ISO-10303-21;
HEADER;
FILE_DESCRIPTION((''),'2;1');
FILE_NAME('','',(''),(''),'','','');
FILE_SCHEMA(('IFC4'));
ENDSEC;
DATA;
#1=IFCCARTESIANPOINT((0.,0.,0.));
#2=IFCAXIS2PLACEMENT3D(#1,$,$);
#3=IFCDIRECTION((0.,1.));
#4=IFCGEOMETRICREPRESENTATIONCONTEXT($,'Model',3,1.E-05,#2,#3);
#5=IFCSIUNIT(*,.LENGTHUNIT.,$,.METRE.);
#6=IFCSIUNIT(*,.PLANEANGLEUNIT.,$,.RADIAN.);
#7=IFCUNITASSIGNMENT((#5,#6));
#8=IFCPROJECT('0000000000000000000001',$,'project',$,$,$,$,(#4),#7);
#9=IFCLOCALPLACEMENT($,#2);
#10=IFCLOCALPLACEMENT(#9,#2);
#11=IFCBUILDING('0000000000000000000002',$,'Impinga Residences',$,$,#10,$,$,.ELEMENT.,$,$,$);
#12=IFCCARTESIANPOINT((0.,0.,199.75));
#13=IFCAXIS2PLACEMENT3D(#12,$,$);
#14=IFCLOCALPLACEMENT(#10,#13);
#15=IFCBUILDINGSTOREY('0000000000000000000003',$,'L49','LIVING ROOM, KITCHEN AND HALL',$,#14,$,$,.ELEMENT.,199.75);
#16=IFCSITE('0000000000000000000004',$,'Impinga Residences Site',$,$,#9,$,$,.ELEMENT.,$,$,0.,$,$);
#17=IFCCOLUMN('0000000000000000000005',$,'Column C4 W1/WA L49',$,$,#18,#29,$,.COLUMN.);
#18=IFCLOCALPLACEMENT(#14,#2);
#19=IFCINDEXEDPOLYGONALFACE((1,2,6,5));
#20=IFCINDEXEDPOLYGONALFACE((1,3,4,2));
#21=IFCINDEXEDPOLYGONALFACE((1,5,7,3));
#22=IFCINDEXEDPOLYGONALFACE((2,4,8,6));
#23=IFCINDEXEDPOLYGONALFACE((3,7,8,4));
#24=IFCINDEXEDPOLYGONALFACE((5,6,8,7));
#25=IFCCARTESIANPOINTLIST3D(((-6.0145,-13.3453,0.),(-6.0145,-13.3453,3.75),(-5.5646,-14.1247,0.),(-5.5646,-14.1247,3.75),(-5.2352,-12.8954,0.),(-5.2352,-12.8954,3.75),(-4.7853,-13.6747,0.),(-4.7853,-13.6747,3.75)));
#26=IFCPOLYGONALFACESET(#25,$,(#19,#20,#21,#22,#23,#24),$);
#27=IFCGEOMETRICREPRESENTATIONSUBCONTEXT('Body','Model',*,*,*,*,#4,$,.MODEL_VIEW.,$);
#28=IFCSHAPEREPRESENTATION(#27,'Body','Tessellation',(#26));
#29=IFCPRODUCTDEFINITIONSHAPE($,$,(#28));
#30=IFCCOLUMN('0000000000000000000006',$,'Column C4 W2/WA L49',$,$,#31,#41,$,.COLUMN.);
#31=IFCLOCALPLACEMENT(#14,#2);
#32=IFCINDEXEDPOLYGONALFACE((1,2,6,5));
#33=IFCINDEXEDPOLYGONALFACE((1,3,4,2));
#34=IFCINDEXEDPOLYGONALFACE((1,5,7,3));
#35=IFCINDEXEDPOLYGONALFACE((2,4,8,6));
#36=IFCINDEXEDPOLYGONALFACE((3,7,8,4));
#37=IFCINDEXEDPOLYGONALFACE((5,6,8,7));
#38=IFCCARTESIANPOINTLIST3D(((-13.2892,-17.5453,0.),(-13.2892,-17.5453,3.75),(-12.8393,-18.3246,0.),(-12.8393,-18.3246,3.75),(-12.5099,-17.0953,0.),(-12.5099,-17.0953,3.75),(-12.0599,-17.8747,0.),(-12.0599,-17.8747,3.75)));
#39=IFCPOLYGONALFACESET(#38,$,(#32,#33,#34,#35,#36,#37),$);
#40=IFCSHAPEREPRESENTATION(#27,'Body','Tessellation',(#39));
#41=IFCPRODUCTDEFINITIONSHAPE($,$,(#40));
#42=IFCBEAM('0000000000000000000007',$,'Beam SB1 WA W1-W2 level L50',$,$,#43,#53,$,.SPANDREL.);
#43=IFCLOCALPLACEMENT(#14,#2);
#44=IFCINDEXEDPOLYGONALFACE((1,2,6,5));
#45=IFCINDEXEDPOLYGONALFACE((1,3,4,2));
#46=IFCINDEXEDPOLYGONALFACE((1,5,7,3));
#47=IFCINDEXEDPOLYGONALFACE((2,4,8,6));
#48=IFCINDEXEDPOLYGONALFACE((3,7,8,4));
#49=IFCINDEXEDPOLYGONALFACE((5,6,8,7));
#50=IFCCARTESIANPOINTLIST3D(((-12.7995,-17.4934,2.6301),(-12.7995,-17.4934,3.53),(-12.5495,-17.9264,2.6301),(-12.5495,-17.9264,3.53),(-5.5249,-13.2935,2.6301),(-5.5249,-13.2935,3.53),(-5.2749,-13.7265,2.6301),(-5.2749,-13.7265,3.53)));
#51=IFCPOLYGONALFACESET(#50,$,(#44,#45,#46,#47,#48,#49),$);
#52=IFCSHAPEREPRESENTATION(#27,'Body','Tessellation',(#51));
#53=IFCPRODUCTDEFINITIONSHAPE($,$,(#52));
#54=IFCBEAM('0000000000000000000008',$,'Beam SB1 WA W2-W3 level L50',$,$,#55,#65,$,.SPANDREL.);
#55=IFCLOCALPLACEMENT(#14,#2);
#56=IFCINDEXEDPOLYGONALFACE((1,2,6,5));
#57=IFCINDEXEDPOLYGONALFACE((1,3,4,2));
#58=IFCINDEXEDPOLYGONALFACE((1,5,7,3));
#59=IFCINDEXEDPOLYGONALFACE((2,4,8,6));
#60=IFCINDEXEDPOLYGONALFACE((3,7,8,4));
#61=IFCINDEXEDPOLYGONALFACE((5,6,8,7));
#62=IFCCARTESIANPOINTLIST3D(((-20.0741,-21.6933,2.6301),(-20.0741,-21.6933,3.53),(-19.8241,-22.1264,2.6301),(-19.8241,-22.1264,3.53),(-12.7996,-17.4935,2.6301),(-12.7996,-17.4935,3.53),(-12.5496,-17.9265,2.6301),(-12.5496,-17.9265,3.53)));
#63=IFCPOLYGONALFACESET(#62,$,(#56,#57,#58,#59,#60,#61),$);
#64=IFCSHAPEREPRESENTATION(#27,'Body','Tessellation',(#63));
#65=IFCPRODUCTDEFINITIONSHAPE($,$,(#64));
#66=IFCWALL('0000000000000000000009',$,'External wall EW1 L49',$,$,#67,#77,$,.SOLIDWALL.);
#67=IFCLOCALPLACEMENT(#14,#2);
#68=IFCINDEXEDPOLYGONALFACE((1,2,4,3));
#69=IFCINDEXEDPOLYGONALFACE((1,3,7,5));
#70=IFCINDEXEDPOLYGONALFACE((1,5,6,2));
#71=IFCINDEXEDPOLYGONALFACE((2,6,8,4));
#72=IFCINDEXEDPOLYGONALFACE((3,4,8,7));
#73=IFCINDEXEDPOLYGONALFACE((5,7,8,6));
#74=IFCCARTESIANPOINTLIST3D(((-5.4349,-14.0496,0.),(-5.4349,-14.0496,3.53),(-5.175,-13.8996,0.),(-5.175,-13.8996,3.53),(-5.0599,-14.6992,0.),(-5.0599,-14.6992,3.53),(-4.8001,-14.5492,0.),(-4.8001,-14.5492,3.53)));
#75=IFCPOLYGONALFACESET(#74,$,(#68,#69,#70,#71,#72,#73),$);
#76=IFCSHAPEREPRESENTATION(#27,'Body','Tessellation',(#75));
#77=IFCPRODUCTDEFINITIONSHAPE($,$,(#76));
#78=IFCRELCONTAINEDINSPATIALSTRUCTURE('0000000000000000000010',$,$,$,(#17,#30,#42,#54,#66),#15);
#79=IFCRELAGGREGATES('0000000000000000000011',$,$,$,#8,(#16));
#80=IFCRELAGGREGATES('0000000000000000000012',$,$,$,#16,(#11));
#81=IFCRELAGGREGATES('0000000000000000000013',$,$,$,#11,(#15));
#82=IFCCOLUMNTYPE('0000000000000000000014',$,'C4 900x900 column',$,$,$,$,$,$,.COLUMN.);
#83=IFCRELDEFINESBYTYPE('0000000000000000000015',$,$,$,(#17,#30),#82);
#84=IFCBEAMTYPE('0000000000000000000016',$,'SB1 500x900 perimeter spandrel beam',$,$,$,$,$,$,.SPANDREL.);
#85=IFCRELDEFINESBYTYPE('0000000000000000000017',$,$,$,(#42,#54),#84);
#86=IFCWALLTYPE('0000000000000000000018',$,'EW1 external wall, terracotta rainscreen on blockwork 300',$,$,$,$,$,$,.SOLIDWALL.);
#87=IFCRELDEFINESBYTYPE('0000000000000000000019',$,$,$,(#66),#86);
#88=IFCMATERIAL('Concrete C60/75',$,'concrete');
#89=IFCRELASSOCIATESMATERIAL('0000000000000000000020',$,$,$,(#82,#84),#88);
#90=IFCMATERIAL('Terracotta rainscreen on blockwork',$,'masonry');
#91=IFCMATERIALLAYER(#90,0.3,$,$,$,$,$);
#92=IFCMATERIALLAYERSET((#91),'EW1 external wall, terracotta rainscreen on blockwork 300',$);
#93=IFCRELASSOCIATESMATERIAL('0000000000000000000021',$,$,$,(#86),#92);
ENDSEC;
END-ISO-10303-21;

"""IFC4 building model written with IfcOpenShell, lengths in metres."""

from ifc_helpers import new_model, si_unit, direction, frame, frame_2d, origin, origin_2d, place, context, subcontext, project, spatial, rectangle, extrude, material, layer, layer_set, material_profile, profile_set, type_object, element, save


model = new_model("IFC4")

# Units and contexts
model_context = context("Model", 3, precision=1e-05, world=origin(), true_north=direction((0.0, 1.0)))
body_context = subcontext(model_context, "Body", "Model", "MODEL_VIEW")
ifc_project = project(units=[si_unit("LENGTHUNIT", "METRE"), si_unit("PLANEANGLEUNIT", "RADIAN")], contexts=[model_context])

# Site, building, storey
site_placement = place(None, origin())
site = spatial("IfcSite", under=ifc_project, at=site_placement, Name="Impinga Residences Site", CompositionType="ELEMENT", RefElevation=0.0)
building_placement = place(site_placement, origin())
building = spatial("IfcBuilding", under=site, at=building_placement, Name="Impinga Residences", CompositionType="ELEMENT")
storey_placement = place(building_placement, frame((0.0, 0.0, 199.75)))
storey = spatial("IfcBuildingStorey", under=building, at=storey_placement, Name="L49", Description="LIVING ROOM, KITCHEN AND HALL", CompositionType="ELEMENT", Elevation=199.75)

# Columns
ifc_material_1 = material(Name="Concrete C60/75", Category="concrete")
ifc_material_profile_1 = material_profile(ifc_material_1, rectangle(XDim=0.8999, YDim=0.8999, at=origin_2d()), Name="RC 900x900")
ifc_profile_set_1 = profile_set([ifc_material_profile_1], Name="Concrete C60/75")
column_type = type_object("IfcColumnType", Name="C4 900x900 column", PredefinedType="COLUMN", material=ifc_profile_set_1)
for number, where, z_axis, x_axis, name in (
    (1, (-5.3999, -13.51, 0.0), (0.0, 0.0, 1.0), (-0.5, 0.866025, 0.0), "Column C4 W1/WA L49"),
    (2, (-12.6746, -17.71, 0.0), (0.0, 0.0, 1.0), (-0.5, 0.866025, 0.0), "Column C4 W2/WA L49"),
):
    element("IfcColumn", number, at=place(storey_placement, frame(where, z_axis=z_axis, x_axis=x_axis)), inside=storey, type_object=column_type, Name=name, PredefinedType="COLUMN", context=body_context, shape_type="SweptSolid", body=[
        extrude(rectangle(XDim=0.8999, YDim=0.8999, at=origin_2d()), origin(), (0.0, 0.0, 1.0), 3.75),
    ])

# Beams
ifc_material_profile_2 = material_profile(ifc_material_1, rectangle(XDim=0.5, YDim=0.8999, at=origin_2d()), Name="RC 500x900")
ifc_profile_set_2 = profile_set([ifc_material_profile_2], Name="Concrete C60/75")
beam_type = type_object("IfcBeamType", Name="SB1 500x900 perimeter spandrel beam", PredefinedType="SPANDREL", material=ifc_profile_set_2)
for number, where, z_axis, x_axis, name in (
    (3, (-5.3999, -13.51, 3.0801), (-0.866029, -0.499993, 0.0), (0.499993, -0.866029, 0.0), "Beam SB1 WA W1-W2 level L50"),
    (4, (-12.6746, -17.71, 3.0801), (-0.866029, -0.499993, 0.0), (0.499993, -0.866029, 0.0), "Beam SB1 WA W2-W3 level L50"),
):
    element("IfcBeam", number, at=place(storey_placement, frame(where, z_axis=z_axis, x_axis=x_axis)), inside=storey, type_object=beam_type, Name=name, PredefinedType="SPANDREL", context=body_context, shape_type="SweptSolid", body=[
        extrude(rectangle(XDim=0.5, YDim=0.8999, at=origin_2d()), origin(), (0.0, 0.0, 1.0), 8.3999),
    ])

# Wall
ifc_material_2 = material(Name="Terracotta rainscreen on blockwork", Category="masonry")
ifc_layer_1 = layer(ifc_material_2, 0.3)
ifc_layer_set_1 = layer_set([ifc_layer_1], Name="EW1 external wall, terracotta rainscreen on blockwork 300")
wall_type_1 = type_object("IfcWallType", Name="EW1 external wall, terracotta rainscreen on blockwork 300", PredefinedType="SOLIDWALL", material=ifc_layer_set_1)
wall_1_placement = place(storey_placement, frame((-5.3049, -13.9746, 0.0), z_axis=(0.0, 0.0, 1.0), x_axis=(0.49992, -0.866072, 0.0)))
element("IfcWall", 5, at=wall_1_placement, inside=storey, type_object=wall_type_1, Name="External wall EW1 L49", PredefinedType="SOLIDWALL", context=body_context, shape_type="SweptSolid", body=[
    extrude(rectangle(XDim=0.75, YDim=0.3, at=frame_2d((0.375, 0.0))), origin(), (0.0, 0.0, 1.0), 3.53),
])

save(model, "model.ifc")
